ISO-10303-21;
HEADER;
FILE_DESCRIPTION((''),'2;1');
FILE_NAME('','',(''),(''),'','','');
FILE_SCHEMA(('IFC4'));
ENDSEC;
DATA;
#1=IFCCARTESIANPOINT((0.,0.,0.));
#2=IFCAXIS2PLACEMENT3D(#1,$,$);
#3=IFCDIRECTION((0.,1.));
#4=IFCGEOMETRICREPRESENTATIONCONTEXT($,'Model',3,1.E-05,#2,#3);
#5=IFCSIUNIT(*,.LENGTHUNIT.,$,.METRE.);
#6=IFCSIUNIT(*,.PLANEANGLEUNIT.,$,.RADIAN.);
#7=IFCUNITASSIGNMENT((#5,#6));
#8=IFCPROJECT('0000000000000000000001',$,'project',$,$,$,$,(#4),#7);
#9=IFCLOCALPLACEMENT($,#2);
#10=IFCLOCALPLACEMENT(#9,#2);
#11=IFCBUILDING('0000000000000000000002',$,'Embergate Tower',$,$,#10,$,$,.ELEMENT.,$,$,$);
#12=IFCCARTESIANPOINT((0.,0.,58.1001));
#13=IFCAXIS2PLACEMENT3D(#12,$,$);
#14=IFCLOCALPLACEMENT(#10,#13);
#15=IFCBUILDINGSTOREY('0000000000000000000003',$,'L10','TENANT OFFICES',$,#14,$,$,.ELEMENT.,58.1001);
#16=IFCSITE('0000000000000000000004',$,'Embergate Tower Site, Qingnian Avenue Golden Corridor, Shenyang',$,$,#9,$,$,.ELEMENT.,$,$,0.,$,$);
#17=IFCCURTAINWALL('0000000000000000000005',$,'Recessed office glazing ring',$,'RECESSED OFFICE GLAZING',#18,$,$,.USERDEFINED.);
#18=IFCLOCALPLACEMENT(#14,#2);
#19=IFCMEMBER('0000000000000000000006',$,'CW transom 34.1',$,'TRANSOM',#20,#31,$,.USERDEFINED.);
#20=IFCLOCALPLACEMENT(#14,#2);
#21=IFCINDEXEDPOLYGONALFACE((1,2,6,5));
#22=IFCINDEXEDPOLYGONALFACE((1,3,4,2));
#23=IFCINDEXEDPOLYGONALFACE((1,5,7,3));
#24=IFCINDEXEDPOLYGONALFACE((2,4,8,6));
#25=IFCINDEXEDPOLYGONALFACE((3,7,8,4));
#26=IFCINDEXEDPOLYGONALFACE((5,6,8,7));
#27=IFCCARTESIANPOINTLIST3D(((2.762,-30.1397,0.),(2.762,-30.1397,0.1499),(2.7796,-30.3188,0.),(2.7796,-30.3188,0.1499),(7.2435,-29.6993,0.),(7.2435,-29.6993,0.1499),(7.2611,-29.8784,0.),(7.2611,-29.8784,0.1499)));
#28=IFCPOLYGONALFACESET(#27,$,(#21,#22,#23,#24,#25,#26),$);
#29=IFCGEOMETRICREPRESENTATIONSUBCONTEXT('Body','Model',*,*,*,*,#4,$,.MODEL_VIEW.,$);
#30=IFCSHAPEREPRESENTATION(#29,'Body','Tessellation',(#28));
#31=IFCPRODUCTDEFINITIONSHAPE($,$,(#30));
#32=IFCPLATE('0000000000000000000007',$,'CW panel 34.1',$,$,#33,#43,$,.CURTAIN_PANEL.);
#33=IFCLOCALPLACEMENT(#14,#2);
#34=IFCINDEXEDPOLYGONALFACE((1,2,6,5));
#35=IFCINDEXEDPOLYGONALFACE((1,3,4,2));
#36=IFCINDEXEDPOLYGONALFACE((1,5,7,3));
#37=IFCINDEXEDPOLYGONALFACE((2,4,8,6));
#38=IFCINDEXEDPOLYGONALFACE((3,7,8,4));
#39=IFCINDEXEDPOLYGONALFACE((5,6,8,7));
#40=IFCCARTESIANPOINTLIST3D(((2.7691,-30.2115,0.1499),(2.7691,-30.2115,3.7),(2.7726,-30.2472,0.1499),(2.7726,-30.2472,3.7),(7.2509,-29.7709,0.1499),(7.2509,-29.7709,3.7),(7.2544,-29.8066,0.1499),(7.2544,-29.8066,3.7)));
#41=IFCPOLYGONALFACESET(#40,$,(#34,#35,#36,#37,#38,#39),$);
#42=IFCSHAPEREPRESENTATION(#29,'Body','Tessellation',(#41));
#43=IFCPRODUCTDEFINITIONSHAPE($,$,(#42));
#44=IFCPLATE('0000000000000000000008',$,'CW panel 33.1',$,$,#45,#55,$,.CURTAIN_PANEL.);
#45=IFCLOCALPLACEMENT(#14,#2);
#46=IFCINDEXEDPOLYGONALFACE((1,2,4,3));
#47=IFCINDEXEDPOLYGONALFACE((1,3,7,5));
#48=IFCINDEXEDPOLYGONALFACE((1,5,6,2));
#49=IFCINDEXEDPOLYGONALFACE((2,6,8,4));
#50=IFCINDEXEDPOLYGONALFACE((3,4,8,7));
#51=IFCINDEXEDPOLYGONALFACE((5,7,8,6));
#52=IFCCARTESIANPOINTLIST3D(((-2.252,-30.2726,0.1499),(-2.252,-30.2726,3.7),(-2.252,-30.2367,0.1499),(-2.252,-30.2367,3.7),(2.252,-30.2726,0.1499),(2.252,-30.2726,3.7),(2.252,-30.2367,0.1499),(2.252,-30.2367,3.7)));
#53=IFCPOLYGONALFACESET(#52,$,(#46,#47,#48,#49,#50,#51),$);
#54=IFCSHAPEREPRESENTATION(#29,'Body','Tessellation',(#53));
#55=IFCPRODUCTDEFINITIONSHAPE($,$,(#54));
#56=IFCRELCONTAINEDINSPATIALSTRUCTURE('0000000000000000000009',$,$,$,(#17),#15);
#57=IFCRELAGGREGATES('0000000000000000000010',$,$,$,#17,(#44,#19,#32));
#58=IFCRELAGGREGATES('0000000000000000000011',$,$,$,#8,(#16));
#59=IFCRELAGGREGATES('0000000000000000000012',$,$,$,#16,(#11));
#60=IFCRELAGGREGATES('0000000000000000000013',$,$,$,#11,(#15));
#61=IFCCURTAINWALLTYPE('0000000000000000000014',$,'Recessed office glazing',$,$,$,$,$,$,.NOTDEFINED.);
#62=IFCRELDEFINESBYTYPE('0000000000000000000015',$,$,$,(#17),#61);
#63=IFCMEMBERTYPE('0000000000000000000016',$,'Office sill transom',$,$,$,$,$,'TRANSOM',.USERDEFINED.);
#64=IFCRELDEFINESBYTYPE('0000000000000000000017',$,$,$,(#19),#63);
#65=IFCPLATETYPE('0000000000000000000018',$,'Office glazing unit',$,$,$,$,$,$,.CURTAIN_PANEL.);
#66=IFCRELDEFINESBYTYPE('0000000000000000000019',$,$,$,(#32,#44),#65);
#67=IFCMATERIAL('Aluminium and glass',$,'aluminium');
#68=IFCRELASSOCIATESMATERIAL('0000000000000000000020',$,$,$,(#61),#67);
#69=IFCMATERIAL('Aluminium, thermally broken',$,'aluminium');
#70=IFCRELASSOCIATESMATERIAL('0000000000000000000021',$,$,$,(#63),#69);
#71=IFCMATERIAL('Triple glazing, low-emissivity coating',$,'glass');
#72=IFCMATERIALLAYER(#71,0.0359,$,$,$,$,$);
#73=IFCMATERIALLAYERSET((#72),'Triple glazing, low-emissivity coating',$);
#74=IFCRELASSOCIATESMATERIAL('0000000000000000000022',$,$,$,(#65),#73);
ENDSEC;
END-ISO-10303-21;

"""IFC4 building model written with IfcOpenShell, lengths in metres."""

from ifc_helpers import new_model, si_unit, direction, frame, origin, origin_2d, place, context, subcontext, project, spatial, rectangle, extrude, source, transform, mapped, material, layer, layer_set, material_profile, profile_set, type_object, element, aggregate, save


model = new_model("IFC4")

# Units and contexts
model_context = context("Model", 3, precision=1e-05, world=origin(), true_north=direction((0.0, 1.0)))
body_context = subcontext(model_context, "Body", "Model", "MODEL_VIEW")
ifc_project = project(units=[si_unit("LENGTHUNIT", "METRE"), si_unit("PLANEANGLEUNIT", "RADIAN")], contexts=[model_context])

# Site, building, storey
site_placement = place(None, origin())
site = spatial("IfcSite", under=ifc_project, at=site_placement, Name="Embergate Tower Site, Qingnian Avenue Golden Corridor, Shenyang", CompositionType="ELEMENT", RefElevation=0.0)
building_placement = place(site_placement, origin())
building = spatial("IfcBuilding", under=site, at=building_placement, Name="Embergate Tower", CompositionType="ELEMENT")
storey_placement = place(building_placement, frame((0.0, 0.0, 58.1001)))
storey = spatial("IfcBuildingStorey", under=building, at=storey_placement, Name="L10", Description="TENANT OFFICES", CompositionType="ELEMENT", Elevation=58.1001)

# Curtain wall, member
ifc_material_1 = material(Name="Aluminium and glass", Category="aluminium")
curtain_wall_type = type_object("IfcCurtainWallType", Name="Recessed office glazing", PredefinedType="NOTDEFINED", material=ifc_material_1)
curtain_wall_placement = place(storey_placement, origin())
curtain_wall = element("IfcCurtainWall", 1, at=curtain_wall_placement, inside=storey, type_object=curtain_wall_type, Name="Recessed office glazing ring", ObjectType="RECESSED OFFICE GLAZING", PredefinedType="USERDEFINED")
ifc_material_2 = material(Name="Aluminium, thermally broken", Category="aluminium")
ifc_material_profile_1 = material_profile(ifc_material_2, rectangle(XDim=0.1799, YDim=0.1499, at=origin_2d()), Name="AL 150x180")
ifc_profile_set_1 = profile_set([ifc_material_profile_1], Name="Aluminium, thermally broken")
member_type_1 = type_object("IfcMemberType", Name="Office sill transom", ElementType="TRANSOM", PredefinedType="USERDEFINED", material=ifc_profile_set_1)
shared_shape_1 = source(origin(), body_context, "Body", "SweptSolid", [
    extrude(rectangle(XDim=0.1799, YDim=0.1499, at=origin_2d()), origin(), (0.0, 0.0, 1.0), 4.5032),
])
member_1_placement = place(storey_placement, frame((2.7708, -30.2292, 0.075), z_axis=(0.995206, 0.097802, 0.0), x_axis=(-0.097802, 0.995206, 0.0)))
member_1 = element("IfcMember", 2, at=member_1_placement, type_object=member_type_1, Name="CW transom 34.1", ObjectType="TRANSOM", PredefinedType="USERDEFINED", context=body_context, shape_type="MappedRepresentation", body=[
    mapped(shared_shape_1, transform((0.0, 0.0, 0.0))),
])

# Plates
ifc_material_3 = material(Name="Triple glazing, low-emissivity coating", Category="glass")
ifc_layer_1 = layer(ifc_material_3, 0.0359)
ifc_layer_set_1 = layer_set([ifc_layer_1], Name="Triple glazing, low-emissivity coating")
plate_type = type_object("IfcPlateType", Name="Office glazing unit", PredefinedType="CURTAIN_PANEL", material=ifc_layer_set_1)
shared_shape_2 = source(origin(), body_context, "Body", "SweptSolid", [
    extrude(rectangle(XDim=4.5034, YDim=0.0359, at=origin_2d()), origin(), (0.0, 0.0, 1.0), 3.55),
])
plate_1_placement = place(storey_placement, frame((5.0117, -30.009, 0.1499), z_axis=(0.0, 0.0, 1.0), x_axis=(0.995203, 0.097831, 0.0)))
plate_1 = element("IfcPlate", 3, at=plate_1_placement, type_object=plate_type, Name="CW panel 34.1", PredefinedType="CURTAIN_PANEL", context=body_context, shape_type="MappedRepresentation", body=[
    mapped(shared_shape_2, transform((0.0, 0.0, 0.0))),
])
shared_shape_3 = source(origin(), body_context, "Body", "SweptSolid", [
    extrude(rectangle(XDim=4.5039, YDim=0.0359, at=origin_2d()), origin(), (0.0, 0.0, 1.0), 3.55),
])
plate_2_placement = place(storey_placement, frame((0.0, -30.2546, 0.1499), z_axis=(0.0, 0.0, 1.0), x_axis=(1.0, 0.0, 0.0)))
plate_2 = element("IfcPlate", 4, at=plate_2_placement, type_object=plate_type, Name="CW panel 33.1", PredefinedType="CURTAIN_PANEL", context=body_context, shape_type="MappedRepresentation", body=[
    mapped(shared_shape_3, transform((0.0, 0.0, 0.0))),
])
aggregate(curtain_wall, [plate_2, member_1, plate_1])

save(model, "model.ifc")
